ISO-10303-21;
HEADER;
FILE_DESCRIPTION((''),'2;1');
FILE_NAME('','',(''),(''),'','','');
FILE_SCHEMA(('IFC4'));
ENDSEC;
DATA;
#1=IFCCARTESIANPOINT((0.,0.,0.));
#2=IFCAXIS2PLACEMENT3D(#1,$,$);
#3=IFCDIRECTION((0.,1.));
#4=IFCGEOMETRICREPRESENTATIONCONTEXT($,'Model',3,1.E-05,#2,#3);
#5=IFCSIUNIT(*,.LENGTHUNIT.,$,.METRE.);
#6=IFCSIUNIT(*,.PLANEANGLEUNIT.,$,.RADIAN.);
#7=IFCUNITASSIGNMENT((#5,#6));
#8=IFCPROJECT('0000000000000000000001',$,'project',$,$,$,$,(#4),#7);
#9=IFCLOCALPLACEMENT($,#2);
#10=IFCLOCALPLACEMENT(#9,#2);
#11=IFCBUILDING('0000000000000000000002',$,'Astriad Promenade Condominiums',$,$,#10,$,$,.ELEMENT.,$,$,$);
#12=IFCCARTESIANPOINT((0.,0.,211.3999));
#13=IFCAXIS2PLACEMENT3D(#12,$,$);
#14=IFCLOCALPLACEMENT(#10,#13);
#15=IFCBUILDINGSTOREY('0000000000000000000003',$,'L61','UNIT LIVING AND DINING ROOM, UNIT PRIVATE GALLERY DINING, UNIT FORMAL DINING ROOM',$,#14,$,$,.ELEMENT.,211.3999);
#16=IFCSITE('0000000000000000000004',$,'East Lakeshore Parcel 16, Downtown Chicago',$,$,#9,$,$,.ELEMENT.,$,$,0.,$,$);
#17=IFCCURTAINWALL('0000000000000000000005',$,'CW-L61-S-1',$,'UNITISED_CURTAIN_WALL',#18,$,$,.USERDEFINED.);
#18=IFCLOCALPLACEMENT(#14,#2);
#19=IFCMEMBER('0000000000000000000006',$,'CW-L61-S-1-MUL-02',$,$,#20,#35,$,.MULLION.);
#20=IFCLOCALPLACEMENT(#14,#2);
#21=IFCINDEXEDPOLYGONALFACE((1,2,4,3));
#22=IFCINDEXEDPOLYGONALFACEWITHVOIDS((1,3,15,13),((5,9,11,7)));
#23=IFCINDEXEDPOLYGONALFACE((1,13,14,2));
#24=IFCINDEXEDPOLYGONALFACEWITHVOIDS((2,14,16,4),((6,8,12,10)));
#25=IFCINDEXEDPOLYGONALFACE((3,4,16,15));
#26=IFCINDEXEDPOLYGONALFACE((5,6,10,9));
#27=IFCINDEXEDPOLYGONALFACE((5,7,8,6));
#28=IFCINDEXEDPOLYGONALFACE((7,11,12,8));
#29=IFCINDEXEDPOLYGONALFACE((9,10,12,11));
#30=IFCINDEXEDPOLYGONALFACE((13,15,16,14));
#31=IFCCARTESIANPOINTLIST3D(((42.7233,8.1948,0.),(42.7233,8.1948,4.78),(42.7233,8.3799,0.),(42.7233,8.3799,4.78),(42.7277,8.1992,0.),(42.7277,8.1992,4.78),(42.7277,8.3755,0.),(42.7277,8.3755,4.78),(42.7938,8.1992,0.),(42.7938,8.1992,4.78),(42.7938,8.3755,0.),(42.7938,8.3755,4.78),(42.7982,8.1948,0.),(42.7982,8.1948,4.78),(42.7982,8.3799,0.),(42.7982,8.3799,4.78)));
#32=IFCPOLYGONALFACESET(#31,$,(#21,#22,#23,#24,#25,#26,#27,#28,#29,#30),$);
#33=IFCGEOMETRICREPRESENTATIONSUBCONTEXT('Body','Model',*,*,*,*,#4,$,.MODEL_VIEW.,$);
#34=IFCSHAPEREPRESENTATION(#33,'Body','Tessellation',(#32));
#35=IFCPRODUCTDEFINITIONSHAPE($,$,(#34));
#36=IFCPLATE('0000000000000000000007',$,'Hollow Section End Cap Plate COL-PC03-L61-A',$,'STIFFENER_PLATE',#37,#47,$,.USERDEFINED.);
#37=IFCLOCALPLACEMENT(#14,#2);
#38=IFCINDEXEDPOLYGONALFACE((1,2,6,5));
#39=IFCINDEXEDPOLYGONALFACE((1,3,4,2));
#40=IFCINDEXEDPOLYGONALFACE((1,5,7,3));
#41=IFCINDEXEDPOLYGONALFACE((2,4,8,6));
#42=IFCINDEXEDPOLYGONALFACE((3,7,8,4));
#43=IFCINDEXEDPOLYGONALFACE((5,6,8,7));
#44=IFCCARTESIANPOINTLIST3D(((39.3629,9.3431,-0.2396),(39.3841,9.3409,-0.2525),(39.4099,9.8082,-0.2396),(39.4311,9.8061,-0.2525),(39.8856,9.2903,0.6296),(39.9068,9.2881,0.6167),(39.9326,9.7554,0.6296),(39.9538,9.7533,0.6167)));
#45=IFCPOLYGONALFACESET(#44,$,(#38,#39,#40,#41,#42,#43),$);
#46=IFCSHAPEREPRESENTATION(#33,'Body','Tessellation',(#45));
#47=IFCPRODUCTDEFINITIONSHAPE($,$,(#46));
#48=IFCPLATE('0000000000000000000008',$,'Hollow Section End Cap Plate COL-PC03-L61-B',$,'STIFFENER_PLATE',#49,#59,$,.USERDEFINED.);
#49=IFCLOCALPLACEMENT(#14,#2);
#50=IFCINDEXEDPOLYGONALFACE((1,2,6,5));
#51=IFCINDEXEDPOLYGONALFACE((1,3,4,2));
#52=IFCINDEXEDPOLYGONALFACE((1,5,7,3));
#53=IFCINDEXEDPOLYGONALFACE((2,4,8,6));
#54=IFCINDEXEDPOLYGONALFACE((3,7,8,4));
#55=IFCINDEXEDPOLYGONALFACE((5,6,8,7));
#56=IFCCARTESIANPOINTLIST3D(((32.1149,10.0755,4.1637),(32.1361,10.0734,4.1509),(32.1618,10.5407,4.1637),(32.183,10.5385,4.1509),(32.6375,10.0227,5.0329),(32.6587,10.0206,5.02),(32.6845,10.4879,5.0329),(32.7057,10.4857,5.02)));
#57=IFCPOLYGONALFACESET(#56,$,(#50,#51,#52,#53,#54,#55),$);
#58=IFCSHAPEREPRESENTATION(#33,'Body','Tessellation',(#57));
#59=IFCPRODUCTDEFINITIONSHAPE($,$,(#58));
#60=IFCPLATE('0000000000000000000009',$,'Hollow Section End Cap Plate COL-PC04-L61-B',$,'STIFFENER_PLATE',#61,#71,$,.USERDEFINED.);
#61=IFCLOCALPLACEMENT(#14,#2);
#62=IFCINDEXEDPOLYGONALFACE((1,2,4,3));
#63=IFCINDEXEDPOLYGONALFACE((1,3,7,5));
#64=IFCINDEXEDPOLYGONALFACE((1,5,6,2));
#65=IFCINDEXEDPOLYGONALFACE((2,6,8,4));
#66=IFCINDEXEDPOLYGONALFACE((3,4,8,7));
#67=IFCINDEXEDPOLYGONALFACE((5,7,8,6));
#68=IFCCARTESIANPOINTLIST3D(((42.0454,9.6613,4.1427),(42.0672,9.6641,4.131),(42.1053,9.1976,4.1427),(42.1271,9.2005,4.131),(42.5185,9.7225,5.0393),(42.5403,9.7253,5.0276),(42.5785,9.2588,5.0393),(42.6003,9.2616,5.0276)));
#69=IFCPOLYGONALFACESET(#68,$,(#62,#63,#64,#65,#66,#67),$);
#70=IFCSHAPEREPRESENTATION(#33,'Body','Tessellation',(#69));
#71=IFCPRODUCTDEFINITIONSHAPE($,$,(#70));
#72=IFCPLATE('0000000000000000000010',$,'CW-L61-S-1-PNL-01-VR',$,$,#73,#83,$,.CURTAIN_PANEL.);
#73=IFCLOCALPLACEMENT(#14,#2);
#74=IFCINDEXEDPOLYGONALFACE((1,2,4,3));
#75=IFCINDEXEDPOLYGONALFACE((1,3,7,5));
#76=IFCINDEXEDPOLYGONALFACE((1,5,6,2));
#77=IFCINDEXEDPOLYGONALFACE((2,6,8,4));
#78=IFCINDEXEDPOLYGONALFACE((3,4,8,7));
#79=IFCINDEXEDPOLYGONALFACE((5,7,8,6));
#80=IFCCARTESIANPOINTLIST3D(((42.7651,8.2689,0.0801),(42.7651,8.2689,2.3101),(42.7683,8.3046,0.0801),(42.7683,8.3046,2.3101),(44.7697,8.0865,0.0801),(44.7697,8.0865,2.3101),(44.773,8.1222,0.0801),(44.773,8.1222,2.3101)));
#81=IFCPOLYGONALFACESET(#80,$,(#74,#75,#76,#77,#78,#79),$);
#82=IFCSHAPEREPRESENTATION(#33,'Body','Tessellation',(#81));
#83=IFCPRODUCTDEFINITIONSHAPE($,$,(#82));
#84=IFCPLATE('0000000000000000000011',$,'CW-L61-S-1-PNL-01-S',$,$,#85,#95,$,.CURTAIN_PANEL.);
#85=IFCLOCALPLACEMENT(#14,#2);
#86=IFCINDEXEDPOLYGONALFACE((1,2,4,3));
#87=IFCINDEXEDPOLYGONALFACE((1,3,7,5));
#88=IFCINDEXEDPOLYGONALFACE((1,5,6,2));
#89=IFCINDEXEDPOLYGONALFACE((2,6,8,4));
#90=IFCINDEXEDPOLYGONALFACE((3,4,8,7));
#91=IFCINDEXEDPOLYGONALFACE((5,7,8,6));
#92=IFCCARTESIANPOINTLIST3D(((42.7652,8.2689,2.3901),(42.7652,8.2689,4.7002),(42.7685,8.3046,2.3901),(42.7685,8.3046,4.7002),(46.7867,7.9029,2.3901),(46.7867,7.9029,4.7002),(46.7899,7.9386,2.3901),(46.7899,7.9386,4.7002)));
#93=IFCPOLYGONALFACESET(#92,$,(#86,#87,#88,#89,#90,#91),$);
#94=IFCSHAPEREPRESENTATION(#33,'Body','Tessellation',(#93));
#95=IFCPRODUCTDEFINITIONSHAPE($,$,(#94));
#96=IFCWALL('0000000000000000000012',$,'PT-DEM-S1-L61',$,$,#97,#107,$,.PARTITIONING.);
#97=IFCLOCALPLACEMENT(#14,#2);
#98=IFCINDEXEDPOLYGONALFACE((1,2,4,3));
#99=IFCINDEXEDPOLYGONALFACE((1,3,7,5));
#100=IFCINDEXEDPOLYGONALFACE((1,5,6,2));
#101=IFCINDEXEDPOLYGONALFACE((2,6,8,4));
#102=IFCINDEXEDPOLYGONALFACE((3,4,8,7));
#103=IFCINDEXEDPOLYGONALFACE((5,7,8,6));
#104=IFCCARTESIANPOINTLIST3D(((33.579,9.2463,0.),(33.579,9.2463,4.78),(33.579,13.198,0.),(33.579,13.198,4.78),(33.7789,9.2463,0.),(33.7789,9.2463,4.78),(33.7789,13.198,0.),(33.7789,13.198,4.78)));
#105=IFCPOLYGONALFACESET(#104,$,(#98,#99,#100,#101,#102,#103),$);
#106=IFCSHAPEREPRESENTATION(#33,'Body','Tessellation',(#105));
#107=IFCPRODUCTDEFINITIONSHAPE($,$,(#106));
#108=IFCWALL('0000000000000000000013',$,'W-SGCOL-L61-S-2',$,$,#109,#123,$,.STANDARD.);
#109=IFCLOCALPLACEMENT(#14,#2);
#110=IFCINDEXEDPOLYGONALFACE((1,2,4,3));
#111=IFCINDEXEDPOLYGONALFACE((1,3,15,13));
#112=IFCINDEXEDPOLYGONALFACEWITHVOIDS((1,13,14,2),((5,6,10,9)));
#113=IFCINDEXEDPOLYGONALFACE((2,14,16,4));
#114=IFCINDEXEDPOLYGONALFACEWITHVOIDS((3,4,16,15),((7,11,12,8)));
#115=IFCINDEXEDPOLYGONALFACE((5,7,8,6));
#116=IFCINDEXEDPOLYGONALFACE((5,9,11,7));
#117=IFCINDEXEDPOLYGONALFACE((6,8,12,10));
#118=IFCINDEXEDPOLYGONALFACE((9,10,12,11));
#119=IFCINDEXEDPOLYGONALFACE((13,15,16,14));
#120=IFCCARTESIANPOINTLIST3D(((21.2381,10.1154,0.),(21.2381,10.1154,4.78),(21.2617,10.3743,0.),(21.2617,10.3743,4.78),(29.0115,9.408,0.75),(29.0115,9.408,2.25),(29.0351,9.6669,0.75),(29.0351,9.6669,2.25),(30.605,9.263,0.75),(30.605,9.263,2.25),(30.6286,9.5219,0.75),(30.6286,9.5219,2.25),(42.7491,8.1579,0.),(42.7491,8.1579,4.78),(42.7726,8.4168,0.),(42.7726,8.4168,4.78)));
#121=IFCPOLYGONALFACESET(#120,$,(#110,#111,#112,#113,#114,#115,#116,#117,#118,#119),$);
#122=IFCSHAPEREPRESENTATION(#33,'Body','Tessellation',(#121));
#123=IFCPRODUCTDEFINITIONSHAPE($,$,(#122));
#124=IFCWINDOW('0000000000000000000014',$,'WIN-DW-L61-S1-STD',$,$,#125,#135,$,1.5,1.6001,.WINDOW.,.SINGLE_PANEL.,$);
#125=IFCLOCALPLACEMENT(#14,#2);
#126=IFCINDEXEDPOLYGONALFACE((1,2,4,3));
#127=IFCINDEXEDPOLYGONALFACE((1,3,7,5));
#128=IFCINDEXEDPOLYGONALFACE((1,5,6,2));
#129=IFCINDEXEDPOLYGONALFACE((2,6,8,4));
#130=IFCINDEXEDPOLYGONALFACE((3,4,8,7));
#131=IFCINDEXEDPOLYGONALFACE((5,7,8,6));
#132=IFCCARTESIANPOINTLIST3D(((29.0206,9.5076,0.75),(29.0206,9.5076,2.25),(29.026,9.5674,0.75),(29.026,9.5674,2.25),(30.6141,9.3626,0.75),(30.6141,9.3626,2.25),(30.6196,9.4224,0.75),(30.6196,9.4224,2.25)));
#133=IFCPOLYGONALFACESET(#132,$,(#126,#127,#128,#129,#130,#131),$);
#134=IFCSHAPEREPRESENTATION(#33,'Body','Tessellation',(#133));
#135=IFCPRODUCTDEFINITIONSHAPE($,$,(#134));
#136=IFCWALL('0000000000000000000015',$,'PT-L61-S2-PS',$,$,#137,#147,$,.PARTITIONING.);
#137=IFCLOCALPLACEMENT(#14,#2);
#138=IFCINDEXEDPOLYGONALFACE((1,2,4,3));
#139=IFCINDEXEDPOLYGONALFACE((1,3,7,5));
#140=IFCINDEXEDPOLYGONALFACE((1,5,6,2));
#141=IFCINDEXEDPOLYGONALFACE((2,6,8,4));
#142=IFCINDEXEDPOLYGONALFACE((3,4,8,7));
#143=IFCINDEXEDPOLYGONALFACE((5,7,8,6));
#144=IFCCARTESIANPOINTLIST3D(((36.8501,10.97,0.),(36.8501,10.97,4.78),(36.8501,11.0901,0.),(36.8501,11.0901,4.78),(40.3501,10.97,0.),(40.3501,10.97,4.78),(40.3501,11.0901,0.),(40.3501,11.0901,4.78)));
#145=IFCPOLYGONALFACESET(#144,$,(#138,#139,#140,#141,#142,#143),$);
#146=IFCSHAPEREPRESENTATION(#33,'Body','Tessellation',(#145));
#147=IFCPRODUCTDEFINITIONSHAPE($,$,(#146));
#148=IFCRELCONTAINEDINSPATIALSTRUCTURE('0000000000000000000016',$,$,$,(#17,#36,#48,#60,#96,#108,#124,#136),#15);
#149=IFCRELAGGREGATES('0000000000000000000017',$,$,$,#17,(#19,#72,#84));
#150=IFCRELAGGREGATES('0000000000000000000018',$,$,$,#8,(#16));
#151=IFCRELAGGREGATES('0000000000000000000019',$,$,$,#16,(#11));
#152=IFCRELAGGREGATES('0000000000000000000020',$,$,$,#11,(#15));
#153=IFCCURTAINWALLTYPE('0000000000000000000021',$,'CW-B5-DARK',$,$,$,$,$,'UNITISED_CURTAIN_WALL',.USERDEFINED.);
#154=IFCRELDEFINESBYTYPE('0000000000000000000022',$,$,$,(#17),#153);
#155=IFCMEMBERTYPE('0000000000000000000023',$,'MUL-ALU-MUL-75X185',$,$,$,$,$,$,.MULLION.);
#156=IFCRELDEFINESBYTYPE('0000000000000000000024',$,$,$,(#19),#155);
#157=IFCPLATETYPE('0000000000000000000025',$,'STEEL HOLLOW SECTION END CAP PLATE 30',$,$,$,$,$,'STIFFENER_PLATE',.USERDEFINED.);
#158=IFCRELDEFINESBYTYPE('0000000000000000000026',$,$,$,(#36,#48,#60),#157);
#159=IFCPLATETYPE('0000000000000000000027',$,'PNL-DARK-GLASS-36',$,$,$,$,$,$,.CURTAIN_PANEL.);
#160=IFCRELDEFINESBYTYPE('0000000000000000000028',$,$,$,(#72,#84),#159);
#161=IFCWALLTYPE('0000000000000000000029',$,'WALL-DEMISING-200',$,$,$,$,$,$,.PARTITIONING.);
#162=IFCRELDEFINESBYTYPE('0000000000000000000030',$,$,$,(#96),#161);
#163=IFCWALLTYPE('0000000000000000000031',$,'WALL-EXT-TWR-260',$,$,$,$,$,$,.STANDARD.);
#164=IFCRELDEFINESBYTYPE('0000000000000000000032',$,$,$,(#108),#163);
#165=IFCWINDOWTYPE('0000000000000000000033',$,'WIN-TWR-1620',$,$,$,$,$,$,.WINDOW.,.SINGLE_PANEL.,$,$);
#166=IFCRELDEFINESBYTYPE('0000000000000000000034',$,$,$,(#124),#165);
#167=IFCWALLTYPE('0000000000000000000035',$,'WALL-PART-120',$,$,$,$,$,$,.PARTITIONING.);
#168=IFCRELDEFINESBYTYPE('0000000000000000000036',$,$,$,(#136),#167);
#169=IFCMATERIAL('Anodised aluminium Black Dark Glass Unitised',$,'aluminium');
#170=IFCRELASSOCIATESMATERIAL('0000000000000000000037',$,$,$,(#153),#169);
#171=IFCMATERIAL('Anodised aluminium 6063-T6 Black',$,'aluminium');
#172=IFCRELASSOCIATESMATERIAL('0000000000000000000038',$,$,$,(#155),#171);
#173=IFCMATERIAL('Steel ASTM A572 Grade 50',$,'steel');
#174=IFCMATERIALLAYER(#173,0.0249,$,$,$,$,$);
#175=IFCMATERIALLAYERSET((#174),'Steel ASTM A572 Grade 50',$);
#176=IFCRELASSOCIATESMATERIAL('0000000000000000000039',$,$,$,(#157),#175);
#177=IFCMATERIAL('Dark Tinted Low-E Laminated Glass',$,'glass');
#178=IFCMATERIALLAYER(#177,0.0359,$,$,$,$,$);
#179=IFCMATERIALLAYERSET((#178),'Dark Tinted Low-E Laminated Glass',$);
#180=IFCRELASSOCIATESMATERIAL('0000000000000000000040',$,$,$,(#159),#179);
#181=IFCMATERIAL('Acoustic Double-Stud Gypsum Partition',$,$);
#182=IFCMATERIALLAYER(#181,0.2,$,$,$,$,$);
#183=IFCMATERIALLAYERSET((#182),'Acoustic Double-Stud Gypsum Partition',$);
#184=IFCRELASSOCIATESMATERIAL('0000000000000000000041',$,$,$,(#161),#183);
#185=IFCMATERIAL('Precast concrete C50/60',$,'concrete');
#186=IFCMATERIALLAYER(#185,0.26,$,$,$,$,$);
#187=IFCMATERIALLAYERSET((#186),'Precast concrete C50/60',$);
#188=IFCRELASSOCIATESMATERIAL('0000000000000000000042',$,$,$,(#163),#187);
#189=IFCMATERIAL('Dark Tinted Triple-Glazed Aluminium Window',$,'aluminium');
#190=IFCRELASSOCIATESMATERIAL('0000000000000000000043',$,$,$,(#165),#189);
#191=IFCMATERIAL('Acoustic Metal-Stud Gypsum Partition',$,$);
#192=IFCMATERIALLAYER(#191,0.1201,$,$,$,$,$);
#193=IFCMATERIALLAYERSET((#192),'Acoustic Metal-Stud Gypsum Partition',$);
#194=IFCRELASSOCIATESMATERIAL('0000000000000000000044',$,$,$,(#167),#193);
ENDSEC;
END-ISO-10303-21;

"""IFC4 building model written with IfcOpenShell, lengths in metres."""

from ifc_helpers import new_model, si_unit, direction, frame, frame_2d, origin, origin_2d, place, context, subcontext, project, spatial, rectangle, hollow_rectangle, extrude, source, transform, mapped, material, layer, layer_set, material_profile, profile_set, type_object, type_shapes, element, fill, aggregate, save


model = new_model("IFC4")

# Units and contexts
model_context = context("Model", 3, precision=1e-05, world=origin(), true_north=direction((0.0, 1.0)))
body_context = subcontext(model_context, "Body", "Model", "MODEL_VIEW")
ifc_project = project(units=[si_unit("LENGTHUNIT", "METRE"), si_unit("PLANEANGLEUNIT", "RADIAN")], contexts=[model_context])

# Site, building, storey
site_placement = place(None, origin())
site = spatial("IfcSite", under=ifc_project, at=site_placement, Name="East Lakeshore Parcel 16, Downtown Chicago", CompositionType="ELEMENT", RefElevation=0.0)
building_placement = place(site_placement, origin())
building = spatial("IfcBuilding", under=site, at=building_placement, Name="Astriad Promenade Condominiums", CompositionType="ELEMENT")
storey_placement = place(building_placement, frame((0.0, 0.0, 211.3999)))
storey = spatial("IfcBuildingStorey", under=building, at=storey_placement, Name="L61", Description="UNIT LIVING AND DINING ROOM, UNIT PRIVATE GALLERY DINING, UNIT FORMAL DINING ROOM", CompositionType="ELEMENT", Elevation=211.3999)

# Curtain wall, member
ifc_material_1 = material(Name="Anodised aluminium Black Dark Glass Unitised", Category="aluminium")
curtain_wall_type = type_object("IfcCurtainWallType", Name="CW-B5-DARK", ElementType="UNITISED_CURTAIN_WALL", PredefinedType="USERDEFINED", material=ifc_material_1)
curtain_wall_placement = place(storey_placement, origin())
curtain_wall = element("IfcCurtainWall", 1, at=curtain_wall_placement, inside=storey, type_object=curtain_wall_type, Name="CW-L61-S-1", ObjectType="UNITISED_CURTAIN_WALL", PredefinedType="USERDEFINED")
ifc_material_2 = material(Name="Anodised aluminium 6063-T6 Black", Category="aluminium")
ifc_material_profile_1 = material_profile(ifc_material_2, hollow_rectangle(XDim=0.075, YDim=0.1851, WallThickness=0.0044, at=origin_2d()), Name="ALU-MUL-75X185")
ifc_profile_set_1 = profile_set([ifc_material_profile_1], Name="Anodised aluminium 6063-T6 Black")
member_type = type_object("IfcMemberType", Name="MUL-ALU-MUL-75X185", PredefinedType="MULLION", material=ifc_profile_set_1)
shared_shape_1 = source(origin(), body_context, "Body", "SweptSolid", [
    extrude(hollow_rectangle(XDim=0.075, YDim=0.1851, WallThickness=0.0044, at=origin_2d()), origin(), (0.0, 0.0, 1.0), 4.78),
])
type_shapes(member_type, [shared_shape_1])
member_placement = place(storey_placement, frame((42.7607, 8.2874, 0.0), z_axis=(0.0, 0.0, 1.0), x_axis=(1.0, 0.0, 0.0)))
member = element("IfcMember", 2, at=member_placement, type_object=member_type, Name="CW-L61-S-1-MUL-02", PredefinedType="MULLION", context=body_context, shape_type="MappedRepresentation", body=[
    mapped(shared_shape_1, transform((0.0, 0.0, 0.0), scale=1.0)),
])

# Plates
ifc_material_3 = material(Name="Steel ASTM A572 Grade 50", Category="steel")
ifc_layer_1 = layer(ifc_material_3, 0.0249)
ifc_layer_set_1 = layer_set([ifc_layer_1], Name="Steel ASTM A572 Grade 50")
plate_type_1 = type_object("IfcPlateType", Name="STEEL HOLLOW SECTION END CAP PLATE 30", ElementType="STIFFENER_PLATE", PredefinedType="USERDEFINED", material=ifc_layer_set_1)
shared_shape_2 = source(origin(), body_context, "Body", "SweptSolid", [
    extrude(rectangle(XDim=0.4675, YDim=1.0156, at=origin_2d()), origin(), (0.0, 0.0, 1.0), 0.0249),
])
type_shapes(plate_type_1, [shared_shape_2])
for number, where, z_axis, x_axis, name in (
    (3, (39.6689, 9.5471, 0.1821), (-0.851488, 0.086023, 0.51727), (-0.100515, -0.994936, 0.0), "Hollow Section End Cap Plate COL-PC03-L61-A"),
    (4, (32.4209, 10.2795, 4.5854), (-0.851488, 0.086023, 0.51727), (-0.100515, -0.994936, 0.0), "Hollow Section End Cap Plate COL-PC03-L61-B"),
    (5, (42.3337, 9.4629, 4.5793), (-0.875511, -0.113195, 0.469753), (0.128223, -0.991745, 0.0), "Hollow Section End Cap Plate COL-PC04-L61-B"),
):
    element("IfcPlate", number, at=place(storey_placement, frame(where, z_axis=z_axis, x_axis=x_axis)), inside=storey, type_object=plate_type_1, Name=name, ObjectType="STIFFENER_PLATE", PredefinedType="USERDEFINED", context=body_context, shape_type="MappedRepresentation", body=[
        mapped(shared_shape_2, transform((0.0, 0.0, 0.0), scale=1.0)),
    ])

# Plates
ifc_material_4 = material(Name="Dark Tinted Low-E Laminated Glass", Category="glass")
ifc_layer_2 = layer(ifc_material_4, 0.0359)
ifc_layer_set_2 = layer_set([ifc_layer_2], Name="Dark Tinted Low-E Laminated Glass")
plate_type_2 = type_object("IfcPlateType", Name="PNL-DARK-GLASS-36", PredefinedType="CURTAIN_PANEL", material=ifc_layer_set_2)
shared_shape_3 = source(origin(), body_context, "Body", "SweptSolid", [
    extrude(rectangle(XDim=2.0129, YDim=0.0359, at=origin_2d()), origin(), (0.0, 0.0, 1.0), 2.23),
])
plate_1_placement = place(storey_placement, frame((43.769, 8.1956, 0.0801), z_axis=(0.0, 0.0, 1.0), x_axis=(-0.995884, 0.090633, 0.0)))
plate_1 = element("IfcPlate", 6, at=plate_1_placement, type_object=plate_type_2, Name="CW-L61-S-1-PNL-01-VR", PredefinedType="CURTAIN_PANEL", context=body_context, shape_type="MappedRepresentation", body=[
    mapped(shared_shape_3, transform((0.0, 0.0, 0.0), scale=1.0)),
])
shared_shape_4 = source(origin(), body_context, "Body", "SweptSolid", [
    extrude(rectangle(XDim=4.0381, YDim=0.0359, at=origin_2d()), origin(), (0.0, 0.0, 1.0), 2.3101),
])
type_shapes(plate_type_2, [shared_shape_3, shared_shape_4])
plate_2_placement = place(storey_placement, frame((44.7776, 8.1038, 2.3901), z_axis=(0.0, 0.0, 1.0), x_axis=(-0.995884, 0.090633, 0.0)))
plate_2 = element("IfcPlate", 7, at=plate_2_placement, type_object=plate_type_2, Name="CW-L61-S-1-PNL-01-S", PredefinedType="CURTAIN_PANEL", context=body_context, shape_type="MappedRepresentation", body=[
    mapped(shared_shape_4, transform((0.0, 0.0, 0.0), scale=1.0)),
])
aggregate(curtain_wall, [member, plate_1, plate_2])

# Wall
ifc_material_5 = material(Name="Acoustic Double-Stud Gypsum Partition")
ifc_layer_3 = layer(ifc_material_5, 0.2)
ifc_layer_set_3 = layer_set([ifc_layer_3], Name="Acoustic Double-Stud Gypsum Partition")
wall_type_1 = type_object("IfcWallType", Name="WALL-DEMISING-200", PredefinedType="PARTITIONING", material=ifc_layer_set_3)
wall_1_placement = place(storey_placement, frame((33.679, 9.2463, 0.0), z_axis=(0.0, 0.0, 1.0), x_axis=(0.0, 1.0, 0.0)))
element("IfcWall", 8, at=wall_1_placement, inside=storey, type_object=wall_type_1, Name="PT-DEM-S1-L61", PredefinedType="PARTITIONING", context=body_context, shape_type="SweptSolid", body=[
    extrude(rectangle(XDim=3.9517, YDim=0.2, at=frame_2d((1.9758, 0.0))), origin(), (0.0, 0.0, 1.0), 4.78),
])

# Wall, opening, window
ifc_material_6 = material(Name="Precast concrete C50/60", Category="concrete")
ifc_layer_4 = layer(ifc_material_6, 0.26)
ifc_layer_set_4 = layer_set([ifc_layer_4], Name="Precast concrete C50/60")
wall_type_2 = type_object("IfcWallType", Name="WALL-EXT-TWR-260", PredefinedType="STANDARD", material=ifc_layer_set_4)
wall_2_placement = place(storey_placement, frame((42.7607, 8.2874, 0.0), z_axis=(0.0, 0.0, 1.0), x_axis=(-0.995885, 0.090626, 0.0)))
wall_2 = element("IfcWall", 9, at=wall_2_placement, inside=storey, type_object=wall_type_2, Name="W-SGCOL-L61-S-2", PredefinedType="STANDARD", context=body_context, shape_type="SweptSolid", body=[
    extrude(rectangle(XDim=21.5999, YDim=0.26, at=frame_2d((10.7998, 0.0))), origin(), (0.0, 0.0, 1.0), 4.78),
])
opening_1_placement = place(wall_2_placement, frame((12.1941, 0.0, 0.75)))
opening_1 = element("IfcOpeningElement", 10, at=opening_1_placement, cuts=wall_2, PredefinedType="OPENING", context=body_context, shape_type="SweptSolid", body=[
    extrude(rectangle(XDim=1.6001, YDim=1.5, at=frame_2d((0.8, 0.75))), frame((0.0, 0.1399, 0.0), z_axis=(0.0, -1.0, 0.0), x_axis=(1.0, 0.0, 0.0)), (0.0, 0.0, 1.0), 0.28),
])
ifc_material_7 = material(Name="Dark Tinted Triple-Glazed Aluminium Window", Category="aluminium")
window_type = type_object("IfcWindowType", Name="WIN-TWR-1620", PartitioningType="SINGLE_PANEL", PredefinedType="WINDOW", material=ifc_material_7)
shared_shape_5 = source(origin(), body_context, "Body", "SweptSolid", [
    extrude(rectangle(XDim=1.6001, YDim=1.5, at=frame_2d((0.8, 0.75))), frame((0.0, 0.03, 0.0), z_axis=(0.0, -1.0, 0.0), x_axis=(1.0, 0.0, 0.0)), (0.0, 0.0, 1.0), 0.0601),
])
type_shapes(window_type, [shared_shape_5])
window_placement = place(opening_1_placement, origin())
window = element("IfcWindow", 11, at=window_placement, inside=storey, type_object=window_type, Name="WIN-DW-L61-S1-STD", OverallHeight=1.5, OverallWidth=1.6001, PartitioningType="SINGLE_PANEL", PredefinedType="WINDOW", context=body_context, shape_type="MappedRepresentation", body=[
    mapped(shared_shape_5, transform((0.0, 0.0, 0.0), scale=1.0)),
])
fill(opening_1, window)

# Wall
ifc_material_8 = material(Name="Acoustic Metal-Stud Gypsum Partition")
ifc_layer_5 = layer(ifc_material_8, 0.1201)
ifc_layer_set_5 = layer_set([ifc_layer_5], Name="Acoustic Metal-Stud Gypsum Partition")
wall_type_3 = type_object("IfcWallType", Name="WALL-PART-120", PredefinedType="PARTITIONING", material=ifc_layer_set_5)
wall_3_placement = place(storey_placement, frame((36.8501, 11.03, 0.0), z_axis=(0.0, 0.0, 1.0), x_axis=(1.0, 0.0, 0.0)))
element("IfcWall", 12, at=wall_3_placement, inside=storey, type_object=wall_type_3, Name="PT-L61-S2-PS", PredefinedType="PARTITIONING", context=body_context, shape_type="SweptSolid", body=[
    extrude(rectangle(XDim=3.5, YDim=0.1201, at=frame_2d((1.75, 0.0))), origin(), (0.0, 0.0, 1.0), 4.78),
])

save(model, "model.ifc")
